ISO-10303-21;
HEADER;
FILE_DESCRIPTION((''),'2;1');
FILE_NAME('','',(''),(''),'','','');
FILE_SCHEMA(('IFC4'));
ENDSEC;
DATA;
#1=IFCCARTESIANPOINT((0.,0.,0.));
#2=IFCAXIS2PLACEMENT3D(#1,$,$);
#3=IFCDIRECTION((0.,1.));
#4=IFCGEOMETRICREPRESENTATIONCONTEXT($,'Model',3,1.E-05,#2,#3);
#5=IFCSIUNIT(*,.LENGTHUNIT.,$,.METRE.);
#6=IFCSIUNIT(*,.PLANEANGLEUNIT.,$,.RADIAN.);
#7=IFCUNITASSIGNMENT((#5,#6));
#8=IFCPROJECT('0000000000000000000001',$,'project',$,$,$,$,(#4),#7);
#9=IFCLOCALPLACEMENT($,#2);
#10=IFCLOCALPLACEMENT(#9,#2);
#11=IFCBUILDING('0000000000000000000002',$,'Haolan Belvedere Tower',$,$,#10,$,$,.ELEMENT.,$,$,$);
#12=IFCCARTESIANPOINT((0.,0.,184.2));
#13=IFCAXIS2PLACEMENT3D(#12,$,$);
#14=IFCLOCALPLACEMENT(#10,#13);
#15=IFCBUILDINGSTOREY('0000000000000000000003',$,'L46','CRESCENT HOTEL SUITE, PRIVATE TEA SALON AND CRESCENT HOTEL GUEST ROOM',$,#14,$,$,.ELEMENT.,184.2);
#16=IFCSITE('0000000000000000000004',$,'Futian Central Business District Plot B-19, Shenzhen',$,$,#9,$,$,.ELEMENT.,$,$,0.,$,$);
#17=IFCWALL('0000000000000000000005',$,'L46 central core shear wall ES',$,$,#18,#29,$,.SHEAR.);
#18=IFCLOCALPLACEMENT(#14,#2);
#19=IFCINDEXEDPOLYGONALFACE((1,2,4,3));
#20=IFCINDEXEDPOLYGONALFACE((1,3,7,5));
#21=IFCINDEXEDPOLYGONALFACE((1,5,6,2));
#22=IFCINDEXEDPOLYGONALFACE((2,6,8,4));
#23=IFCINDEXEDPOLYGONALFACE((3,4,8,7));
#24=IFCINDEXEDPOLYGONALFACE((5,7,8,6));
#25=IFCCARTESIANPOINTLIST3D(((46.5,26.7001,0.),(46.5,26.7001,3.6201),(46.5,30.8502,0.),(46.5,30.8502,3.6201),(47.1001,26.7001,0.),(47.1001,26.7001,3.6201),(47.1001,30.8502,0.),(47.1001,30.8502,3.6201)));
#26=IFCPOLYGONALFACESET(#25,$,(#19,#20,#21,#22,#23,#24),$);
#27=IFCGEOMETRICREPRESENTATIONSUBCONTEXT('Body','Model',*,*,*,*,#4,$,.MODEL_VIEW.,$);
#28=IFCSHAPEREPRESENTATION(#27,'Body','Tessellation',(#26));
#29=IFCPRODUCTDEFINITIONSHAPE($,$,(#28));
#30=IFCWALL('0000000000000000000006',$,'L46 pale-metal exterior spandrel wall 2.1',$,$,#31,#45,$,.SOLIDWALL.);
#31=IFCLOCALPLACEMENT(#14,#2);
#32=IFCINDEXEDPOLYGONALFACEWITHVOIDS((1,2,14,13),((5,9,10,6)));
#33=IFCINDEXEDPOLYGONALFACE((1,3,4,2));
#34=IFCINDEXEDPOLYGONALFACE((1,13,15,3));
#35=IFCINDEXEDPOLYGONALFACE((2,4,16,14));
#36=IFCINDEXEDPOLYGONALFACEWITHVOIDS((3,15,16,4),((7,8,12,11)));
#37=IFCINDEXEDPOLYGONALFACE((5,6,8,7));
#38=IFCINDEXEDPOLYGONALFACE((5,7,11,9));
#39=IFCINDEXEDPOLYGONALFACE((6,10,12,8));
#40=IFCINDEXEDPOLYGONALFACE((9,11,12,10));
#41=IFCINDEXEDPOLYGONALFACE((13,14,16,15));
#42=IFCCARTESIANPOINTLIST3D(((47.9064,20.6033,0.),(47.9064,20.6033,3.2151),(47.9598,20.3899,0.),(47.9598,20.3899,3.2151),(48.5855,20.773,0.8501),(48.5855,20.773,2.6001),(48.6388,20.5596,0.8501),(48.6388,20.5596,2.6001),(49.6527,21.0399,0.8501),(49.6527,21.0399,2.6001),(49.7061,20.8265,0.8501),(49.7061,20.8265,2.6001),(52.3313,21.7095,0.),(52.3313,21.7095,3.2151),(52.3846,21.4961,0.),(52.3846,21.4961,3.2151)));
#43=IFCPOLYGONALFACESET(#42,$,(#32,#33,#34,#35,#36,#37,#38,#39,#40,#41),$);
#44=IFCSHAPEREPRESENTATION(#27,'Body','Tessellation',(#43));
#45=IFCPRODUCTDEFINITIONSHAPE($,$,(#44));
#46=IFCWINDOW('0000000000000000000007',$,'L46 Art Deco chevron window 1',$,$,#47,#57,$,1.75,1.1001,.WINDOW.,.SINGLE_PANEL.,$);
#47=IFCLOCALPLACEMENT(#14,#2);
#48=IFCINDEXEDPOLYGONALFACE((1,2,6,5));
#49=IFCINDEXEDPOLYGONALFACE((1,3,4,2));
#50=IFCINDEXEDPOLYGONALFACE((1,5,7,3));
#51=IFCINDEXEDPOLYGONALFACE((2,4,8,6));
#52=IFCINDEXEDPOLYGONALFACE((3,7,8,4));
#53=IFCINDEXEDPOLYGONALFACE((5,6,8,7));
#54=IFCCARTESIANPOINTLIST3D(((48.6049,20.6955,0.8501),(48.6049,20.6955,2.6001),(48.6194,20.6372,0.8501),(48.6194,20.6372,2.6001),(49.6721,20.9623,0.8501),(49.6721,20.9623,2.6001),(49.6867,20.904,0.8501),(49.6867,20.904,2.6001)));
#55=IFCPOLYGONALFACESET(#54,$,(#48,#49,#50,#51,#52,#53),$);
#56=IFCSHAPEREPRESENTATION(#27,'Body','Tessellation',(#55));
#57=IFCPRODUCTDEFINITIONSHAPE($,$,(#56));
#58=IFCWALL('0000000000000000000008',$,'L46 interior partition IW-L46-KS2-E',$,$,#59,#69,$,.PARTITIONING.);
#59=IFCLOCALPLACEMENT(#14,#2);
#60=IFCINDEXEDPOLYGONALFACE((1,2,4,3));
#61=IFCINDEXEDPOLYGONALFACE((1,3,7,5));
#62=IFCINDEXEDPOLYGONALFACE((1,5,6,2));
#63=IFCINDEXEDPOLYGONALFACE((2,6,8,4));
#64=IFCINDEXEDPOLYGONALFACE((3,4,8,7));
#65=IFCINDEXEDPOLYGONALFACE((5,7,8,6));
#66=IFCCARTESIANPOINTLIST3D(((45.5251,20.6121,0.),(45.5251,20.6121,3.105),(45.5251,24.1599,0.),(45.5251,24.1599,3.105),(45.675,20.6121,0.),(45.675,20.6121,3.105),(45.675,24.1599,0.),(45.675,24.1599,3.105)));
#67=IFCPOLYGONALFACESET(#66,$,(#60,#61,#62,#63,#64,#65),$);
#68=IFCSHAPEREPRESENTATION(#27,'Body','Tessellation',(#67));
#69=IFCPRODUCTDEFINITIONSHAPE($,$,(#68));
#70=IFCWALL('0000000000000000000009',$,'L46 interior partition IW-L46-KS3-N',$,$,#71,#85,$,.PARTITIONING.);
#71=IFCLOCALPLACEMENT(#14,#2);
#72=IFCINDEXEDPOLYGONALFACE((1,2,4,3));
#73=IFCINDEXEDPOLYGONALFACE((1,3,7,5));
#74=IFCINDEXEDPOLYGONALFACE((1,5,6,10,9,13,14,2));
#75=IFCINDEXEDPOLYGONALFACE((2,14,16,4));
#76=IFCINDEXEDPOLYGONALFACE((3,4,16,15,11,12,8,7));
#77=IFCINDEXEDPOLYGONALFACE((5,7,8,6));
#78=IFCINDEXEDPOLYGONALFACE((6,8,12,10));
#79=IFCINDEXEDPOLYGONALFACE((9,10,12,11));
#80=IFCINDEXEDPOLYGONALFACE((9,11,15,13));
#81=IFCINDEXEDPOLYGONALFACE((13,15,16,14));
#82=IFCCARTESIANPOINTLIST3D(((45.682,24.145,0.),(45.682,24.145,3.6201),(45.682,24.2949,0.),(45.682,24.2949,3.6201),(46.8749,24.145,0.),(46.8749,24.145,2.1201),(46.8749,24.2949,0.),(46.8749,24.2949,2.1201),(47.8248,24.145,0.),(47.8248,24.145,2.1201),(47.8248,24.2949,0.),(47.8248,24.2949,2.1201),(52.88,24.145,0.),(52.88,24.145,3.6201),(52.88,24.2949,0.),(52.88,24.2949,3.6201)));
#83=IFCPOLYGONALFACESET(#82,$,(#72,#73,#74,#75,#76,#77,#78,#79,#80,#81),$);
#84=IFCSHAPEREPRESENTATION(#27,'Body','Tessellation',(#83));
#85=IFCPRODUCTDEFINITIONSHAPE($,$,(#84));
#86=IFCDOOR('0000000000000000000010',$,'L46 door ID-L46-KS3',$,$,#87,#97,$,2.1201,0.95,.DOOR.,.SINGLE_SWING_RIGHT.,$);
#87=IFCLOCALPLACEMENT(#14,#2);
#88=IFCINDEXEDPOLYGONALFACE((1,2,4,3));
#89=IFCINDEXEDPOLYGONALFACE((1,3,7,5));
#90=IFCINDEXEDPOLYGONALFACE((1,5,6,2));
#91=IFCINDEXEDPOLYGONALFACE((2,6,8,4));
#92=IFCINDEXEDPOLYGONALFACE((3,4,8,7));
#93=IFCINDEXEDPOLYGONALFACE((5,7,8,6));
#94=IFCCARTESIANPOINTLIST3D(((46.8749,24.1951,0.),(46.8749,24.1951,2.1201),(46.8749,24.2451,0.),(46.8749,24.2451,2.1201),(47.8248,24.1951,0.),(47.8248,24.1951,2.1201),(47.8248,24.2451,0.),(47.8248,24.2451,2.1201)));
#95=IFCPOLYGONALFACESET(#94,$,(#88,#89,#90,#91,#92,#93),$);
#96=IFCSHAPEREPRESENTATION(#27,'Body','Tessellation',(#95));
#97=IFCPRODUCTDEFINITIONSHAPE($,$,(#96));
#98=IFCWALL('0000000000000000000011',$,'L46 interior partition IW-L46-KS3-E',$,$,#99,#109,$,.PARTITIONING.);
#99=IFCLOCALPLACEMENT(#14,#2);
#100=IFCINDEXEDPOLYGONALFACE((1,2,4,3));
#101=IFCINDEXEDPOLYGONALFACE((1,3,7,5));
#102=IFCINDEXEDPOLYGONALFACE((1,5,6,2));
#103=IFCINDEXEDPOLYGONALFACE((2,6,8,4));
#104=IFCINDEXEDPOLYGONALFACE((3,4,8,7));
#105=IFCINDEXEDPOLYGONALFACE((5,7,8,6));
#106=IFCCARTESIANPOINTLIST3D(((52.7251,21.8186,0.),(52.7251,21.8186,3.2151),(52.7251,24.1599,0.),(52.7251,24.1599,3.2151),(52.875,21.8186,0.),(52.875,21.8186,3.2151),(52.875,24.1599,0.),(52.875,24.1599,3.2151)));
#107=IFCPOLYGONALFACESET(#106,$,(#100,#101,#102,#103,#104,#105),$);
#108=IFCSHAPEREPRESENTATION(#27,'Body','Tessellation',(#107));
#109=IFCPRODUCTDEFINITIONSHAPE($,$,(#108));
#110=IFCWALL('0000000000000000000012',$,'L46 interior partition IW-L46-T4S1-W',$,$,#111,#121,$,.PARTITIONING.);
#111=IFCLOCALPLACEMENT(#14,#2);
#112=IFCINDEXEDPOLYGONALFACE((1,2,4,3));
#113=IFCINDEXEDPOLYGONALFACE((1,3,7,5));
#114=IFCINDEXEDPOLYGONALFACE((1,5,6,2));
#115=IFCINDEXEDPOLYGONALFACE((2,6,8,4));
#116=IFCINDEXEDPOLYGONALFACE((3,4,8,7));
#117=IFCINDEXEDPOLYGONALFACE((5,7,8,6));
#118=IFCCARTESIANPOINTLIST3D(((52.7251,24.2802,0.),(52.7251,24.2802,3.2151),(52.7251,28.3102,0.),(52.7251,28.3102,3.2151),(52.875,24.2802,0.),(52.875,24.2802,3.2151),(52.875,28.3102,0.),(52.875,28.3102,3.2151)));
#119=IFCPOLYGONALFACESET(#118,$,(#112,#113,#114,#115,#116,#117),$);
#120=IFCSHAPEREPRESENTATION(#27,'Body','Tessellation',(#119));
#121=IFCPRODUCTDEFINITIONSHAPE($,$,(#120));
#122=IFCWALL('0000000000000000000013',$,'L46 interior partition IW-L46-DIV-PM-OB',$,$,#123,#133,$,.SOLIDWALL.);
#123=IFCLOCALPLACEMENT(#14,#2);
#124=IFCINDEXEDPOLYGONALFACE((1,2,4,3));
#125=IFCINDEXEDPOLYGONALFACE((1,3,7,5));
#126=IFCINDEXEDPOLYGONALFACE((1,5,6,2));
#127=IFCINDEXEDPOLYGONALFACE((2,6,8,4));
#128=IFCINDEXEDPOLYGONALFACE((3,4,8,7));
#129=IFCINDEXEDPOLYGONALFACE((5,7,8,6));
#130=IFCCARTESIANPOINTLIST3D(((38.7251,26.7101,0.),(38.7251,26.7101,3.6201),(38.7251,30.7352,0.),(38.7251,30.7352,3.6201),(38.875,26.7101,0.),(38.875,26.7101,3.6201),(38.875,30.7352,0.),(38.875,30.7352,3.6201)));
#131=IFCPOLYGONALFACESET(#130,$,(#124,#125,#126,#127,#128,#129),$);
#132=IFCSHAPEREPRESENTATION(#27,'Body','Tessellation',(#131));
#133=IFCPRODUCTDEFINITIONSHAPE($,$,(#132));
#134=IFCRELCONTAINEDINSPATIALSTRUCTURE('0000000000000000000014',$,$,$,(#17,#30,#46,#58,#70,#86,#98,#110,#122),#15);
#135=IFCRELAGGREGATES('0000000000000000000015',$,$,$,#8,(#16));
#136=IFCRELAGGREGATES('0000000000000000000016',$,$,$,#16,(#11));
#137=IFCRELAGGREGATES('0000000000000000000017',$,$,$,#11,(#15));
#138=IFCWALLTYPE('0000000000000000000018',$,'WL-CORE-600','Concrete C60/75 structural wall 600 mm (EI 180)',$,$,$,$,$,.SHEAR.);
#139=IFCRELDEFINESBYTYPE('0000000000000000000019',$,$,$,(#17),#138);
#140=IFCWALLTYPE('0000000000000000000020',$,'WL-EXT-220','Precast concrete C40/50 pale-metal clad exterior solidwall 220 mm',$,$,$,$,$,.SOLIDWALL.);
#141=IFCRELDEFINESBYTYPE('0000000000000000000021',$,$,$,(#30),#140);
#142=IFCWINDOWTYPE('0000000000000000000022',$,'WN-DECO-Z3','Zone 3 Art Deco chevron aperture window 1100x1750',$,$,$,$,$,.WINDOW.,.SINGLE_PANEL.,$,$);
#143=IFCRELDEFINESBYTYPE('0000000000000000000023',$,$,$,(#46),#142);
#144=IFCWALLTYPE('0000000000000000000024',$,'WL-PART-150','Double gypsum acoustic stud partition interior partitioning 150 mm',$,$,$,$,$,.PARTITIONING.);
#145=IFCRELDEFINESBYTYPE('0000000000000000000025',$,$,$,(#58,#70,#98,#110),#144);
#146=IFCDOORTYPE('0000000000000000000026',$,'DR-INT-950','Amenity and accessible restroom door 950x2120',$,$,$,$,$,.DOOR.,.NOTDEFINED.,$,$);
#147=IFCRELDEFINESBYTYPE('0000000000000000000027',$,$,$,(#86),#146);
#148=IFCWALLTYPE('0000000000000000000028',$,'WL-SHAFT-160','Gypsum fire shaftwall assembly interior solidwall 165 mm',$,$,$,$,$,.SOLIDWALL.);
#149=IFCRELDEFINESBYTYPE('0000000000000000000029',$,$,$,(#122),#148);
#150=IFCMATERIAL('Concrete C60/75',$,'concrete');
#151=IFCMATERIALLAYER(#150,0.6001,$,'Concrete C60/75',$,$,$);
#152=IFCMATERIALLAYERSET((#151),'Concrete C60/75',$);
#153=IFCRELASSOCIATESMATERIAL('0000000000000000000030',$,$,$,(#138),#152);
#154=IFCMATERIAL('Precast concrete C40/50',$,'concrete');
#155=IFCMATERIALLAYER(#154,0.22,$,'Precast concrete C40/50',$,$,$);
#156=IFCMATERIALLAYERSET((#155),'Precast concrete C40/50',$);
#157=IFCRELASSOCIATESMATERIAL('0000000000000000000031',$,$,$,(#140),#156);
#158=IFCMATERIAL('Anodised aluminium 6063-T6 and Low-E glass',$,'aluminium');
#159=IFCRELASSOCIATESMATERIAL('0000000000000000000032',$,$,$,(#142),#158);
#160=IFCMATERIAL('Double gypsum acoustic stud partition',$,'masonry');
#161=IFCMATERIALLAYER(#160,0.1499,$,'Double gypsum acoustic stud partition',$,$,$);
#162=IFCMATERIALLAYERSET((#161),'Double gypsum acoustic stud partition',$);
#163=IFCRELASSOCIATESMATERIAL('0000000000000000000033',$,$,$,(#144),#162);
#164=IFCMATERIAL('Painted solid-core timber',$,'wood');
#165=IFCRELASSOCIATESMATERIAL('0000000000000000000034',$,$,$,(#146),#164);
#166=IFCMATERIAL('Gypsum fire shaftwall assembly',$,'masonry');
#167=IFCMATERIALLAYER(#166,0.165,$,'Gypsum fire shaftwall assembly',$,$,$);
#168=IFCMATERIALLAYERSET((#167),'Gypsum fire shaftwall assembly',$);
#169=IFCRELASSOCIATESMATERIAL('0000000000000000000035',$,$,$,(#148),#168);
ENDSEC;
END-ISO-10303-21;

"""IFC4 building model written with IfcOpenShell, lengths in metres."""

from ifc_helpers import new_model, si_unit, direction, frame, frame_2d, origin, place, context, subcontext, project, spatial, rectangle, extrude, material, layer, layer_set, type_object, element, fill, save


model = new_model("IFC4")

# Units and contexts
model_context = context("Model", 3, precision=1e-05, world=origin(), true_north=direction((0.0, 1.0)))
body_context = subcontext(model_context, "Body", "Model", "MODEL_VIEW")
ifc_project = project(units=[si_unit("LENGTHUNIT", "METRE"), si_unit("PLANEANGLEUNIT", "RADIAN")], contexts=[model_context])

# Site, building, storey
site_placement = place(None, origin())
site = spatial("IfcSite", under=ifc_project, at=site_placement, Name="Futian Central Business District Plot B-19, Shenzhen", CompositionType="ELEMENT", RefElevation=0.0)
building_placement = place(site_placement, origin())
building = spatial("IfcBuilding", under=site, at=building_placement, Name="Haolan Belvedere Tower", CompositionType="ELEMENT")
storey_placement = place(building_placement, frame((0.0, 0.0, 184.2)))
storey = spatial("IfcBuildingStorey", under=building, at=storey_placement, Name="L46", Description="CRESCENT HOTEL SUITE, PRIVATE TEA SALON AND CRESCENT HOTEL GUEST ROOM", CompositionType="ELEMENT", Elevation=184.2)

# Wall
ifc_material_1 = material(Name="Concrete C60/75", Category="concrete")
ifc_layer_1 = layer(ifc_material_1, 0.6001, Name="Concrete C60/75")
ifc_layer_set_1 = layer_set([ifc_layer_1], Name="Concrete C60/75")
wall_type_1 = type_object("IfcWallType", Name="WL-CORE-600", Description="Concrete C60/75 structural wall 600 mm (EI 180)", PredefinedType="SHEAR", material=ifc_layer_set_1)
wall_1_placement = place(storey_placement, frame((46.8, 26.7, 0.0), z_axis=(0.0, 0.0, 1.0), x_axis=(0.0, 1.0, 0.0)))
element("IfcWall", 1, at=wall_1_placement, inside=storey, type_object=wall_type_1, Name="L46 central core shear wall ES", PredefinedType="SHEAR", context=body_context, shape_type="SweptSolid", body=[
    extrude(rectangle(XDim=4.1501, YDim=0.6001, at=frame_2d((2.0752, 0.0))), origin(), (0.0, 0.0, 1.0), 3.6201),
])

# Wall, opening, window
ifc_material_2 = material(Name="Precast concrete C40/50", Category="concrete")
ifc_layer_2 = layer(ifc_material_2, 0.22, Name="Precast concrete C40/50")
ifc_layer_set_2 = layer_set([ifc_layer_2], Name="Precast concrete C40/50")
wall_type_2 = type_object("IfcWallType", Name="WL-EXT-220", Description="Precast concrete C40/50 pale-metal clad exterior solidwall 220 mm", PredefinedType="SOLIDWALL", material=ifc_layer_set_2)
wall_2_placement = place(storey_placement, frame((47.9331, 20.4966, 0.0), z_axis=(0.0, 0.0, 1.0), x_axis=(0.970143, 0.242536, 0.0)))
wall_2 = element("IfcWall", 2, at=wall_2_placement, inside=storey, type_object=wall_type_2, Name="L46 pale-metal exterior spandrel wall 2.1", PredefinedType="SOLIDWALL", context=body_context, shape_type="SweptSolid", body=[
    extrude(rectangle(XDim=4.561, YDim=0.22, at=frame_2d((2.2805, 0.0))), origin(), (0.0, 0.0, 1.0), 3.2151),
])
opening_1_placement = place(wall_2_placement, frame((0.7, 0.0, 0.8501)))
opening_1 = element("IfcOpeningElement", 3, at=opening_1_placement, cuts=wall_2, PredefinedType="OPENING", context=body_context, shape_type="SweptSolid", body=[
    extrude(rectangle(XDim=1.1001, YDim=1.75, at=frame_2d((0.55, 0.875))), frame((0.0, 0.1199, 0.0), z_axis=(0.0, -1.0, 0.0), x_axis=(1.0, 0.0, 0.0)), (0.0, 0.0, 1.0), 0.24),
])
ifc_material_3 = material(Name="Anodised aluminium 6063-T6 and Low-E glass", Category="aluminium")
window_type = type_object("IfcWindowType", Name="WN-DECO-Z3", Description="Zone 3 Art Deco chevron aperture window 1100x1750", PartitioningType="SINGLE_PANEL", PredefinedType="WINDOW", material=ifc_material_3)
window_placement = place(opening_1_placement, origin())
window = element("IfcWindow", 4, at=window_placement, inside=storey, type_object=window_type, Name="L46 Art Deco chevron window 1", OverallHeight=1.75, OverallWidth=1.1001, PartitioningType="SINGLE_PANEL", PredefinedType="WINDOW", context=body_context, shape_type="SweptSolid", body=[
    extrude(rectangle(XDim=1.1001, YDim=1.75, at=frame_2d((0.55, 0.875))), frame((0.0, 0.03, 0.0), z_axis=(0.0, -1.0, 0.0), x_axis=(1.0, 0.0, 0.0)), (0.0, 0.0, 1.0), 0.0601),
])
fill(opening_1, window)

# Wall
ifc_material_4 = material(Name="Double gypsum acoustic stud partition", Category="masonry")
ifc_layer_3 = layer(ifc_material_4, 0.1499, Name="Double gypsum acoustic stud partition")
ifc_layer_set_3 = layer_set([ifc_layer_3], Name="Double gypsum acoustic stud partition")
wall_type_3 = type_object("IfcWallType", Name="WL-PART-150", Description="Double gypsum acoustic stud partition interior partitioning 150 mm", PredefinedType="PARTITIONING", material=ifc_layer_set_3)
wall_3_placement = place(storey_placement, frame((45.6001, 20.6121, 0.0), z_axis=(0.0, 0.0, 1.0), x_axis=(0.0, 1.0, 0.0)))
element("IfcWall", 5, at=wall_3_placement, inside=storey, type_object=wall_type_3, Name="L46 interior partition IW-L46-KS2-E", PredefinedType="PARTITIONING", context=body_context, shape_type="SweptSolid", body=[
    extrude(rectangle(XDim=3.5479, YDim=0.1499, at=frame_2d((1.7739, 0.0))), origin(), (0.0, 0.0, 1.0), 3.105),
])

# Wall, opening, door
wall_4_placement = place(storey_placement, frame((45.6819, 24.22, 0.0), z_axis=(0.0, 0.0, 1.0), x_axis=(1.0, 0.0, 0.0)))
wall_4 = element("IfcWall", 6, at=wall_4_placement, inside=storey, type_object=wall_type_3, Name="L46 interior partition IW-L46-KS3-N", PredefinedType="PARTITIONING", context=body_context, shape_type="SweptSolid", body=[
    extrude(rectangle(XDim=7.198, YDim=0.1499, at=frame_2d((3.5991, 0.0))), origin(), (0.0, 0.0, 1.0), 3.6201),
])
opening_2_placement = place(wall_4_placement, frame((2.1431, 0.0, 0.0), z_axis=(0.0, 0.0, 1.0), x_axis=(-1.0, 0.0, 0.0)))
opening_2 = element("IfcOpeningElement", 7, at=opening_2_placement, cuts=wall_4, PredefinedType="OPENING", context=body_context, shape_type="SweptSolid", body=[
    extrude(rectangle(XDim=0.95, YDim=2.1201, at=frame_2d((0.4751, 1.0601))), frame((0.0, 0.085, 0.0), z_axis=(0.0, -1.0, 0.0), x_axis=(1.0, 0.0, 0.0)), (0.0, 0.0, 1.0), 0.1699),
])
ifc_material_5 = material(Name="Painted solid-core timber", Category="wood")
door_type = type_object("IfcDoorType", Name="DR-INT-950", Description="Amenity and accessible restroom door 950x2120", OperationType="NOTDEFINED", PredefinedType="DOOR", material=ifc_material_5)
door_placement = place(opening_2_placement, origin())
door = element("IfcDoor", 8, at=door_placement, inside=storey, type_object=door_type, Name="L46 door ID-L46-KS3", OperationType="SINGLE_SWING_RIGHT", OverallHeight=2.1201, OverallWidth=0.95, PredefinedType="DOOR", context=body_context, shape_type="SweptSolid", body=[
    extrude(rectangle(XDim=0.95, YDim=2.1201, at=frame_2d((0.4751, 1.0601))), frame((0.0, 0.0249, 0.0), z_axis=(0.0, -1.0, 0.0), x_axis=(1.0, 0.0, 0.0)), (0.0, 0.0, 1.0), 0.05),
])
fill(opening_2, door)

# Walls
wall_5_placement = place(storey_placement, frame((52.8, 21.8186, 0.0), z_axis=(0.0, 0.0, 1.0), x_axis=(0.0, 1.0, 0.0)))
element("IfcWall", 9, at=wall_5_placement, inside=storey, type_object=wall_type_3, Name="L46 interior partition IW-L46-KS3-E", PredefinedType="PARTITIONING", context=body_context, shape_type="SweptSolid", body=[
    extrude(rectangle(XDim=2.3413, YDim=0.1499, at=frame_2d((1.1707, 0.0))), origin(), (0.0, 0.0, 1.0), 3.2151),
])
wall_6_placement = place(storey_placement, frame((52.8, 24.28, 0.0), z_axis=(0.0, 0.0, 1.0), x_axis=(0.0, 1.0, 0.0)))
element("IfcWall", 10, at=wall_6_placement, inside=storey, type_object=wall_type_3, Name="L46 interior partition IW-L46-T4S1-W", PredefinedType="PARTITIONING", context=body_context, shape_type="SweptSolid", body=[
    extrude(rectangle(XDim=4.03, YDim=0.1499, at=frame_2d((2.0151, 0.0))), origin(), (0.0, 0.0, 1.0), 3.2151),
])
ifc_material_6 = material(Name="Gypsum fire shaftwall assembly", Category="masonry")
ifc_layer_4 = layer(ifc_material_6, 0.165, Name="Gypsum fire shaftwall assembly")
ifc_layer_set_4 = layer_set([ifc_layer_4], Name="Gypsum fire shaftwall assembly")
wall_type_4 = type_object("IfcWallType", Name="WL-SHAFT-160", Description="Gypsum fire shaftwall assembly interior solidwall 165 mm", PredefinedType="SOLIDWALL", material=ifc_layer_set_4)
wall_7_placement = place(storey_placement, frame((38.8, 26.71, 0.0), z_axis=(0.0, 0.0, 1.0), x_axis=(0.0, 1.0, 0.0)))
element("IfcWall", 11, at=wall_7_placement, inside=storey, type_object=wall_type_4, Name="L46 interior partition IW-L46-DIV-PM-OB", PredefinedType="SOLIDWALL", context=body_context, shape_type="SweptSolid", body=[
    extrude(rectangle(XDim=4.0251, YDim=0.1499, at=frame_2d((2.0127, 0.0))), origin(), (0.0, 0.0, 1.0), 3.6201),
])

save(model, "model.ifc")
